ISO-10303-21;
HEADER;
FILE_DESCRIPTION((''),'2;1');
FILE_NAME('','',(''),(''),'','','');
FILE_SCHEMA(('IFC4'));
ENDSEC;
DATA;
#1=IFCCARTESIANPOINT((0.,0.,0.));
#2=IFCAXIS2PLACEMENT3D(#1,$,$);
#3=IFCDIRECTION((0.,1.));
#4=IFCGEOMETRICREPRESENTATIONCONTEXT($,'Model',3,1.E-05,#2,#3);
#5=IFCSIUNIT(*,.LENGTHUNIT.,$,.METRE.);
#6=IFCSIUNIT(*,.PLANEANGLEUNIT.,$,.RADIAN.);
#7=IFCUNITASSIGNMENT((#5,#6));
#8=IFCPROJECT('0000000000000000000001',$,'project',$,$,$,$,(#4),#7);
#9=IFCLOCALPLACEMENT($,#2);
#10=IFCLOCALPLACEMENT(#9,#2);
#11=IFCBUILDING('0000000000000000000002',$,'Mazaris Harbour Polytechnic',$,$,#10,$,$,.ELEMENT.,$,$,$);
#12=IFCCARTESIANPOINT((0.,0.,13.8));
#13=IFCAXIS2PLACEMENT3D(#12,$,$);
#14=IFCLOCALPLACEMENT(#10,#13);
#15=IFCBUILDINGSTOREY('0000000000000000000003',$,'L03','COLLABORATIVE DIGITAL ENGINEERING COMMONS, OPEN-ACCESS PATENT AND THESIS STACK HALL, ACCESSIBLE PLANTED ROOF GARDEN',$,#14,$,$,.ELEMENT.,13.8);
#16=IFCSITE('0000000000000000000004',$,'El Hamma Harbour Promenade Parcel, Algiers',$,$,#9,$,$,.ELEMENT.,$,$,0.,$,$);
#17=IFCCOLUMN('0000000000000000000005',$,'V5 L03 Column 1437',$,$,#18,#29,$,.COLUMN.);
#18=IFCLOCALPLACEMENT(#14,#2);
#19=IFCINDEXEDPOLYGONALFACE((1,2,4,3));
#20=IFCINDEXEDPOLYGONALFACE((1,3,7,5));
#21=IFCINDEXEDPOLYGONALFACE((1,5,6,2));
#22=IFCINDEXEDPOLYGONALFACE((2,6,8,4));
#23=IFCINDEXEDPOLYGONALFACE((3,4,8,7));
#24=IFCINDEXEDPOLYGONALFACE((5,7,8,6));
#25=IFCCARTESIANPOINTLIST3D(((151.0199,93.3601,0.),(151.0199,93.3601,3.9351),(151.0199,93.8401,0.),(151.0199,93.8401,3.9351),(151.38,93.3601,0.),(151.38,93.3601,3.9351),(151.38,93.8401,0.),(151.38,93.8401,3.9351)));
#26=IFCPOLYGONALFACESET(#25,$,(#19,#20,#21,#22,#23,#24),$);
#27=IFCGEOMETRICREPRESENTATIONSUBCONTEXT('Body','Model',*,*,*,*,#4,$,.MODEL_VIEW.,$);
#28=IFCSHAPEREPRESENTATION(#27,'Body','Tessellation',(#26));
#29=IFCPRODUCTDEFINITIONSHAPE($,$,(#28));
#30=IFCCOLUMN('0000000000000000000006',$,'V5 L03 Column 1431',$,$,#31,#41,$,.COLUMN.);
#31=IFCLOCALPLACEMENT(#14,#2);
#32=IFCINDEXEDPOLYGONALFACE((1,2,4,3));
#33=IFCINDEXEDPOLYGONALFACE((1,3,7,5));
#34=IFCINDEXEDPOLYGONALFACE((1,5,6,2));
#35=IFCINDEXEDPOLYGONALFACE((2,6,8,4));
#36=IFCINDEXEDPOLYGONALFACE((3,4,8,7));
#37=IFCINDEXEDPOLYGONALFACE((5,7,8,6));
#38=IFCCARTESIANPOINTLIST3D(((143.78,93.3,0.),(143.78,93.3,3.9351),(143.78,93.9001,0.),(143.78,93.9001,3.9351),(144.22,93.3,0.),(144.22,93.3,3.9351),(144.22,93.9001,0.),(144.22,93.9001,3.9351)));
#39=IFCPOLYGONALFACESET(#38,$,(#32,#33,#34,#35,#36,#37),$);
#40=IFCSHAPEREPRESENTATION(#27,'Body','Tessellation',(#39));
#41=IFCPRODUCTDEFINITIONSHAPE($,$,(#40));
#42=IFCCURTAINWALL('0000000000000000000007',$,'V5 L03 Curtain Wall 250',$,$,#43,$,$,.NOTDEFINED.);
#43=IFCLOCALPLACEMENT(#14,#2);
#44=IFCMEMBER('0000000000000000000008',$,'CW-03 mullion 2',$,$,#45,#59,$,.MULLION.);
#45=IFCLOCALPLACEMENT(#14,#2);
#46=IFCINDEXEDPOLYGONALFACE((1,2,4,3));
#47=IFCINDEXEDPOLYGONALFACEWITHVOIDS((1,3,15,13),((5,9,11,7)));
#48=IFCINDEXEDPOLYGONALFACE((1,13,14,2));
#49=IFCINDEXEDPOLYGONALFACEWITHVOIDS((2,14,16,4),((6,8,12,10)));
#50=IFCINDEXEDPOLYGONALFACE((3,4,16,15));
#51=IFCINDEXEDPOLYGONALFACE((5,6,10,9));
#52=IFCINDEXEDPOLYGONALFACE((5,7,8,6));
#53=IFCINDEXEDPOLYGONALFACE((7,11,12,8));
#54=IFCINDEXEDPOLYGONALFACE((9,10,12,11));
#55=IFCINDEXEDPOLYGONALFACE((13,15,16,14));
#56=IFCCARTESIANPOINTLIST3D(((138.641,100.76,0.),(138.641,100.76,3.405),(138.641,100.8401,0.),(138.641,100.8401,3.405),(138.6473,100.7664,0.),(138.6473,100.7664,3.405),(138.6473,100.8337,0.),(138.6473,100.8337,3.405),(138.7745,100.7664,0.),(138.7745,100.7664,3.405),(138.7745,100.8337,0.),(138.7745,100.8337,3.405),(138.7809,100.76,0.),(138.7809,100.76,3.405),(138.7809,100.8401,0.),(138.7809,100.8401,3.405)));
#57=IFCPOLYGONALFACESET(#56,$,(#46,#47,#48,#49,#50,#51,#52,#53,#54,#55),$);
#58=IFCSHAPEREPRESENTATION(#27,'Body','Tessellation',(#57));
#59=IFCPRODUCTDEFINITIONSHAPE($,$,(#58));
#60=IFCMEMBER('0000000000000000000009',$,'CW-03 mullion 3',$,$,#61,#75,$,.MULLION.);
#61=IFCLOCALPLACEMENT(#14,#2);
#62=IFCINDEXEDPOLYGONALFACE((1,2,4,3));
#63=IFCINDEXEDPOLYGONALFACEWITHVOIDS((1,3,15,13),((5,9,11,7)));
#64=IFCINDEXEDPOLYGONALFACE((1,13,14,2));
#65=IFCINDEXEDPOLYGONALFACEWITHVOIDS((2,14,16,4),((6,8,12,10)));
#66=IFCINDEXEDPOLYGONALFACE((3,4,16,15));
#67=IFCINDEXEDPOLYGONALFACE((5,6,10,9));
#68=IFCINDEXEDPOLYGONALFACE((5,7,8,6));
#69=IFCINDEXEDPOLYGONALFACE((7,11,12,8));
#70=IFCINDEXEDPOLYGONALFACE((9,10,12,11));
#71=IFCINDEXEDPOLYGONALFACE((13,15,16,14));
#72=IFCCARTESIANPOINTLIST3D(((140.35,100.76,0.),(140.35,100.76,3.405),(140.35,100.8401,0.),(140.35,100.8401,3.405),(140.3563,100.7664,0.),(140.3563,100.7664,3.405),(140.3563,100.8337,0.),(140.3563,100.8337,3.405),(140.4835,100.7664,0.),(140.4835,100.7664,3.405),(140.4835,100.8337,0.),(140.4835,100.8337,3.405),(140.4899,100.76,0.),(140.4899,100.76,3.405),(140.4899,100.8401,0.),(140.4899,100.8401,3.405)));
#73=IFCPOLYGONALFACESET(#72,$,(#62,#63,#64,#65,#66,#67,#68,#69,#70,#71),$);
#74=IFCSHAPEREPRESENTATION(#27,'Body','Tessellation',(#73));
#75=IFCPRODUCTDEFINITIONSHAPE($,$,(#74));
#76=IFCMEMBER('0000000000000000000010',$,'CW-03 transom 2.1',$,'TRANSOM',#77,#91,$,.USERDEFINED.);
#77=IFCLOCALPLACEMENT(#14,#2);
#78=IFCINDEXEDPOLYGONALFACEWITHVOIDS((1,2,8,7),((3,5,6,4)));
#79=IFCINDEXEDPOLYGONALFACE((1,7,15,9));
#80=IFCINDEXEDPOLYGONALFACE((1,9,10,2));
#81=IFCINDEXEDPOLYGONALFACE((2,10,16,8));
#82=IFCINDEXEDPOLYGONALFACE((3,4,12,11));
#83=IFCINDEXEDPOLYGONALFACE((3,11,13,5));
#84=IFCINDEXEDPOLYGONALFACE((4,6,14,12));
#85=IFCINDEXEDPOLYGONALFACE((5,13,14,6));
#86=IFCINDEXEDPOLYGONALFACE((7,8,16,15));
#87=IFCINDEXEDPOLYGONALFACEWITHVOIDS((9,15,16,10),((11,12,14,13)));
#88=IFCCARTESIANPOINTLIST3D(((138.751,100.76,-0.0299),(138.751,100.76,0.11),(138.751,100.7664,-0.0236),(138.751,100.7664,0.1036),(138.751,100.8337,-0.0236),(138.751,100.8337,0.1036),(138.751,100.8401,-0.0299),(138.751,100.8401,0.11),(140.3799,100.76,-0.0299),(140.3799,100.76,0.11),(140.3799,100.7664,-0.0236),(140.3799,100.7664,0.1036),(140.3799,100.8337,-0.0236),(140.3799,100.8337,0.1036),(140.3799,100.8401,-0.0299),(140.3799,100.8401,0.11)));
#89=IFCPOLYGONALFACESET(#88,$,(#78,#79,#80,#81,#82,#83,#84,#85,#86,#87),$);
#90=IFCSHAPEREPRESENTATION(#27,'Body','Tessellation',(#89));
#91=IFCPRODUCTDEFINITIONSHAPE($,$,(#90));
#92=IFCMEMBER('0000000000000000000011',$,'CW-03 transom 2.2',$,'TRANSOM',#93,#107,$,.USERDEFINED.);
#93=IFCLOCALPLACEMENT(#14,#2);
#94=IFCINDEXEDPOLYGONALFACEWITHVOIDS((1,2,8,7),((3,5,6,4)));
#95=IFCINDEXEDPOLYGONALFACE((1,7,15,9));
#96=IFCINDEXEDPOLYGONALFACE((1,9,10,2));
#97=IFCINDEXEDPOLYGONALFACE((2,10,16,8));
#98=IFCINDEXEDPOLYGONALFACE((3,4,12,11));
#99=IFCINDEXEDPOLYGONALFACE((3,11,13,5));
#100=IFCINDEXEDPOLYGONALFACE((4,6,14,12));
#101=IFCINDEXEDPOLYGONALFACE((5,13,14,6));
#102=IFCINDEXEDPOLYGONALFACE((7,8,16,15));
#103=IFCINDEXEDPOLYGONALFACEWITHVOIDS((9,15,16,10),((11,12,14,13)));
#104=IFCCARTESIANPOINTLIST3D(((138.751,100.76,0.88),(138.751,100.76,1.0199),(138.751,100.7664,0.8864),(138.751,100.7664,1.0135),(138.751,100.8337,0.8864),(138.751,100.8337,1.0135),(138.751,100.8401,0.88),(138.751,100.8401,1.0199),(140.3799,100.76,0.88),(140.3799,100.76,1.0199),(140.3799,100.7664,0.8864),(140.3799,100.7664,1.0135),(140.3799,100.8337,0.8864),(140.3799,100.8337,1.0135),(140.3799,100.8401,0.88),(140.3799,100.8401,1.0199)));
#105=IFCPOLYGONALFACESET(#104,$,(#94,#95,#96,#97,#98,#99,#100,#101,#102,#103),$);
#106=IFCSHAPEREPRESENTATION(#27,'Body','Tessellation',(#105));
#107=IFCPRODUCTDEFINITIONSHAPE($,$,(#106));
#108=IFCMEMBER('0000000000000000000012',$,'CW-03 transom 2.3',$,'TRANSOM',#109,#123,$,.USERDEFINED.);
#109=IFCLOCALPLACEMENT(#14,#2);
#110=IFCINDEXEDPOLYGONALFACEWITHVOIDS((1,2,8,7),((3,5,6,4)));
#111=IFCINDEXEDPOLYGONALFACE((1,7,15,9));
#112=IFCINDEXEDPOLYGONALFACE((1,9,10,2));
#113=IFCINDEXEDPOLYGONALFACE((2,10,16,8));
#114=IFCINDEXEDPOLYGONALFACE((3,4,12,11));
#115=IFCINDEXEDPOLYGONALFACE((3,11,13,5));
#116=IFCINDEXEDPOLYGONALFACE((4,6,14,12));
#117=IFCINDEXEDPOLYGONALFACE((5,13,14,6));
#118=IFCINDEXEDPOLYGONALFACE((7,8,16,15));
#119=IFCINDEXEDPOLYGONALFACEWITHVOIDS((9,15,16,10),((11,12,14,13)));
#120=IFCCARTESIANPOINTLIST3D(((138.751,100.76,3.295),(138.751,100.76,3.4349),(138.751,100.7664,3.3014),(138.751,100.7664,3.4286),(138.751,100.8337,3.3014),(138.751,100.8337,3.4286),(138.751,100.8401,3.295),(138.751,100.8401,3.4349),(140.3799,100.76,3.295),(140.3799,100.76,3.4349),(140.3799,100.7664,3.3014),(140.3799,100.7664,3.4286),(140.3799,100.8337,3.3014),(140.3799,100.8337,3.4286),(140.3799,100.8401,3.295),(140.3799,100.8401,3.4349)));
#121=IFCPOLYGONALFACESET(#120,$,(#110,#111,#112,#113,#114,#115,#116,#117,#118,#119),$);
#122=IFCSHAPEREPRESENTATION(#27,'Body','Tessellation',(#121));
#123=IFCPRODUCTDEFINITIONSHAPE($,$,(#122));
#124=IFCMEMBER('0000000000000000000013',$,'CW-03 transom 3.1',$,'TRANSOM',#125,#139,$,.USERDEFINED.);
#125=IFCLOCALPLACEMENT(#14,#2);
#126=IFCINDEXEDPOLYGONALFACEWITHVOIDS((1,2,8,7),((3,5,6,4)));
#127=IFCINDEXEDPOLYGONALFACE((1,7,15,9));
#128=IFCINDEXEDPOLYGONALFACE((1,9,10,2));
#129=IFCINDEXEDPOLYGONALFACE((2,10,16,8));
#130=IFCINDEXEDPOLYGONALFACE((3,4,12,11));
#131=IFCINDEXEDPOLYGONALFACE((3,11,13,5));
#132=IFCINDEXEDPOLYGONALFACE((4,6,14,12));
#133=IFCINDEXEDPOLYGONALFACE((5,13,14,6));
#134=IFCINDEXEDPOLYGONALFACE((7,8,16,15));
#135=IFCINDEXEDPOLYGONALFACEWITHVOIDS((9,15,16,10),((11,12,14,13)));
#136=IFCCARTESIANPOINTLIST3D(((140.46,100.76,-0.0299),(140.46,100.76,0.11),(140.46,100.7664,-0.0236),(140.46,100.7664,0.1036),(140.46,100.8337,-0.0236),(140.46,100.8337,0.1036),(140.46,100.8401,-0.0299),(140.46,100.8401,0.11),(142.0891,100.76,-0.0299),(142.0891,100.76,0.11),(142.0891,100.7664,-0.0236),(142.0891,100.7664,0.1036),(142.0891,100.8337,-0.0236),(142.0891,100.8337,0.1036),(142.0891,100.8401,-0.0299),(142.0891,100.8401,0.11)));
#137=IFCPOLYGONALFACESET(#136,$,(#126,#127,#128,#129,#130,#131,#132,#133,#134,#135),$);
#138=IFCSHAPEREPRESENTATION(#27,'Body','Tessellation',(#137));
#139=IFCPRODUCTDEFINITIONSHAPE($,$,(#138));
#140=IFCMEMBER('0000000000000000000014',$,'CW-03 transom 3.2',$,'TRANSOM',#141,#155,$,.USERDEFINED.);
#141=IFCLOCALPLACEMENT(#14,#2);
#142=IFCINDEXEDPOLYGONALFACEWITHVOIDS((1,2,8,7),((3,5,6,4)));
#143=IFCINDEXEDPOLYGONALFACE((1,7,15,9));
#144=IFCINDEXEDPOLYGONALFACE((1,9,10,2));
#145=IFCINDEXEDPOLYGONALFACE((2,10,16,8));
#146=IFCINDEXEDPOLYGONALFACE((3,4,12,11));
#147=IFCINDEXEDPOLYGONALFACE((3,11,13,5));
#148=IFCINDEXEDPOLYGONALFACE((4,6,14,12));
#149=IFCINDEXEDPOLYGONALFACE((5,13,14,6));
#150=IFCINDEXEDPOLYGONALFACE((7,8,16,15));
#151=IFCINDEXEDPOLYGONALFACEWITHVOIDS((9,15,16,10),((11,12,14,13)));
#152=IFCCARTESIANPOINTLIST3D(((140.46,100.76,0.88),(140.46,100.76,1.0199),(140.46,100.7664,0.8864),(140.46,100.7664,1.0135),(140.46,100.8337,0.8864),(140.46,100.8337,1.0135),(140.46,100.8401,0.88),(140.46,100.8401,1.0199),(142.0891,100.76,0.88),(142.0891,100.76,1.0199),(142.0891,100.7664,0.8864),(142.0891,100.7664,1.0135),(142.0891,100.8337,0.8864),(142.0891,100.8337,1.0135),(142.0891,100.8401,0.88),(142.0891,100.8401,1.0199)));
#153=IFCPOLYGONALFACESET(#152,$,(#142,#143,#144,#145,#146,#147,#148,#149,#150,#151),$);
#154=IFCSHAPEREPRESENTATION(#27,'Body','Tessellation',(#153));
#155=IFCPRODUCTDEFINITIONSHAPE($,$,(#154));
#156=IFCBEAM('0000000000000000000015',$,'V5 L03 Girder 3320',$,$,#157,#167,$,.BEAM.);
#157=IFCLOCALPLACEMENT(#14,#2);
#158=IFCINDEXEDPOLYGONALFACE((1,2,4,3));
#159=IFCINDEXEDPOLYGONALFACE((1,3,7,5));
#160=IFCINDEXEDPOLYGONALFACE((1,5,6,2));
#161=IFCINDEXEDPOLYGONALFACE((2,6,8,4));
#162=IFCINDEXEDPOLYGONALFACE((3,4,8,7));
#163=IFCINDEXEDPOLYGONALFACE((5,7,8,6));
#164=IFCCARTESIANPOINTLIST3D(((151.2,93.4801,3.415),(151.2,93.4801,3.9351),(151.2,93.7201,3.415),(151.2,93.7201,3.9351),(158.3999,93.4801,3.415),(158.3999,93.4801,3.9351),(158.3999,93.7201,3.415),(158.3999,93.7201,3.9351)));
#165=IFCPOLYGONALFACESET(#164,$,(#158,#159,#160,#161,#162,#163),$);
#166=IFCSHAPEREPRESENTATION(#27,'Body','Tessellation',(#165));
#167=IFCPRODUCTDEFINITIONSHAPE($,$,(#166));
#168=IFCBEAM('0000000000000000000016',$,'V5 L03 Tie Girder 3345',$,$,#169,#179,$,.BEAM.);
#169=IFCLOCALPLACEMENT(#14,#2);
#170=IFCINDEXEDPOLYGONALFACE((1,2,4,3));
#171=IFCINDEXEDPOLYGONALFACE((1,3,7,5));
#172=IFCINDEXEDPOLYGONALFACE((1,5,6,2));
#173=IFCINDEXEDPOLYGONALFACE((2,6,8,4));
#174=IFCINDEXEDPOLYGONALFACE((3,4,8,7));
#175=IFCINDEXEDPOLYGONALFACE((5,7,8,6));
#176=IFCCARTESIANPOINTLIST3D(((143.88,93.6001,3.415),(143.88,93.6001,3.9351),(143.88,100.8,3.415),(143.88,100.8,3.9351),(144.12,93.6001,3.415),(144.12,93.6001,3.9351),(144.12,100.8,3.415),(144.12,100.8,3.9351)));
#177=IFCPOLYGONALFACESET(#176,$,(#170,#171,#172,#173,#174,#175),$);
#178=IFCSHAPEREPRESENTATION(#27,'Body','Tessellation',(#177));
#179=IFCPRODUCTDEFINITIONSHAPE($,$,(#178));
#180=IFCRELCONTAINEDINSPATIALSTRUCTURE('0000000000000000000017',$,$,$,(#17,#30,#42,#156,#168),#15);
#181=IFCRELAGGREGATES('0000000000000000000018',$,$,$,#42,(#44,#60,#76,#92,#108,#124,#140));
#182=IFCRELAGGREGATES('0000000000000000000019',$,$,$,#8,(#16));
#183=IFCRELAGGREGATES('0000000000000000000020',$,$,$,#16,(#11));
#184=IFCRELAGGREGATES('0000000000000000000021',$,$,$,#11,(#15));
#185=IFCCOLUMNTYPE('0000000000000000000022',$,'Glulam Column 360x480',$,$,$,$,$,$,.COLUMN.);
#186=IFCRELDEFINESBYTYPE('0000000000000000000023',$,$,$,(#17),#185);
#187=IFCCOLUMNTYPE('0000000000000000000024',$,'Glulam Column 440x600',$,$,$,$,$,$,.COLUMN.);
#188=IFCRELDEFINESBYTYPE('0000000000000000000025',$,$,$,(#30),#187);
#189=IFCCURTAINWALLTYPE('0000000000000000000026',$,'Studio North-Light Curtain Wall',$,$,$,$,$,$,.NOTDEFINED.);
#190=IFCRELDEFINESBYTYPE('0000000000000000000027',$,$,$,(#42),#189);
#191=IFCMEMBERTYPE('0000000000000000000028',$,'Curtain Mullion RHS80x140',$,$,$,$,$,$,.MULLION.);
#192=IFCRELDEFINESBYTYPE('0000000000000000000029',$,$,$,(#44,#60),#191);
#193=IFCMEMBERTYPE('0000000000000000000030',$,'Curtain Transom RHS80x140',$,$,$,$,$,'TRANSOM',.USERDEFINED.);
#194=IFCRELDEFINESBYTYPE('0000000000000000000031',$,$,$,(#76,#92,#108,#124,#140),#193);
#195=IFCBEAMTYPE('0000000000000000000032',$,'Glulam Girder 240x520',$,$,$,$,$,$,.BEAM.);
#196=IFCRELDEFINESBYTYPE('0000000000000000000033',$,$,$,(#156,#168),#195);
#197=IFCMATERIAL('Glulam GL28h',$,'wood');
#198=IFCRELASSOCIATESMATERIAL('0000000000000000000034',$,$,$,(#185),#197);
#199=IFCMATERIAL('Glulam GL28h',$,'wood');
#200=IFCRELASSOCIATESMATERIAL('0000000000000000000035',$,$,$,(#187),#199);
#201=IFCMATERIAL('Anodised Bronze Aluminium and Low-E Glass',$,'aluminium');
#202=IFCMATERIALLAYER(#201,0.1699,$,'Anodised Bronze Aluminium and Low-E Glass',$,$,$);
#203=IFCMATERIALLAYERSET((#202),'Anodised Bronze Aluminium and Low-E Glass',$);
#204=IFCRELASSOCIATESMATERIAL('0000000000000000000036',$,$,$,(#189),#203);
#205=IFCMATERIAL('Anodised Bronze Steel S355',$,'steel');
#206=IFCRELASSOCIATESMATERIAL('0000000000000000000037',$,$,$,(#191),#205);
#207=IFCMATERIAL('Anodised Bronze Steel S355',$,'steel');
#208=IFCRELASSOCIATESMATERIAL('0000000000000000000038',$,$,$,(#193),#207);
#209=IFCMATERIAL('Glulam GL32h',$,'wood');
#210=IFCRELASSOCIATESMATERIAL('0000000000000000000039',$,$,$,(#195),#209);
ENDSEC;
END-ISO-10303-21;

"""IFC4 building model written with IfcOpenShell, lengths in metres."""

from ifc_helpers import new_model, si_unit, direction, frame, origin, origin_2d, place, context, subcontext, project, spatial, rectangle, hollow_rectangle, extrude, material, layer, layer_set, material_profile, profile_set, type_object, element, aggregate, save


model = new_model("IFC4")

# Units and contexts
model_context = context("Model", 3, precision=1e-05, world=origin(), true_north=direction((0.0, 1.0)))
body_context = subcontext(model_context, "Body", "Model", "MODEL_VIEW")
ifc_project = project(units=[si_unit("LENGTHUNIT", "METRE"), si_unit("PLANEANGLEUNIT", "RADIAN")], contexts=[model_context])

# Site, building, storey
site_placement = place(None, origin())
site = spatial("IfcSite", under=ifc_project, at=site_placement, Name="El Hamma Harbour Promenade Parcel, Algiers", CompositionType="ELEMENT", RefElevation=0.0)
building_placement = place(site_placement, origin())
building = spatial("IfcBuilding", under=site, at=building_placement, Name="Mazaris Harbour Polytechnic", CompositionType="ELEMENT")
storey_placement = place(building_placement, frame((0.0, 0.0, 13.8)))
storey = spatial("IfcBuildingStorey", under=building, at=storey_placement, Name="L03", Description="COLLABORATIVE DIGITAL ENGINEERING COMMONS, OPEN-ACCESS PATENT AND THESIS STACK HALL, ACCESSIBLE PLANTED ROOF GARDEN", CompositionType="ELEMENT", Elevation=13.8)

# Columns
ifc_material_1 = material(Name="Glulam GL28h", Category="wood")
ifc_material_profile_1 = material_profile(ifc_material_1, rectangle(XDim=0.3601, YDim=0.48, at=origin_2d()), Name="RECT360x480")
ifc_profile_set_1 = profile_set([ifc_material_profile_1], Name="Glulam GL28h")
column_type_1 = type_object("IfcColumnType", Name="Glulam Column 360x480", PredefinedType="COLUMN", material=ifc_profile_set_1)
column_1_placement = place(storey_placement, frame((151.2, 93.6001, 0.0), z_axis=(0.0, 0.0, 1.0), x_axis=(1.0, 0.0, 0.0)))
element("IfcColumn", 1, at=column_1_placement, inside=storey, type_object=column_type_1, Name="V5 L03 Column 1437", PredefinedType="COLUMN", context=body_context, shape_type="SweptSolid", body=[
    extrude(rectangle(XDim=0.3601, YDim=0.48, at=origin_2d()), origin(), (0.0, 0.0, 1.0), 3.9351),
])
ifc_material_2 = material(Name="Glulam GL28h", Category="wood")
ifc_material_profile_2 = material_profile(ifc_material_2, rectangle(XDim=0.4399, YDim=0.6001, at=origin_2d()), Name="RECT440x600")
ifc_profile_set_2 = profile_set([ifc_material_profile_2], Name="Glulam GL28h")
column_type_2 = type_object("IfcColumnType", Name="Glulam Column 440x600", PredefinedType="COLUMN", material=ifc_profile_set_2)
column_2_placement = place(storey_placement, frame((144.0, 93.6001, 0.0), z_axis=(0.0, 0.0, 1.0), x_axis=(1.0, 0.0, 0.0)))
element("IfcColumn", 2, at=column_2_placement, inside=storey, type_object=column_type_2, Name="V5 L03 Column 1431", PredefinedType="COLUMN", context=body_context, shape_type="SweptSolid", body=[
    extrude(rectangle(XDim=0.4399, YDim=0.6001, at=origin_2d()), origin(), (0.0, 0.0, 1.0), 3.9351),
])

# Curtain wall, members
ifc_material_3 = material(Name="Anodised Bronze Aluminium and Low-E Glass", Category="aluminium")
ifc_layer_1 = layer(ifc_material_3, 0.1699, Name="Anodised Bronze Aluminium and Low-E Glass")
ifc_layer_set_1 = layer_set([ifc_layer_1], Name="Anodised Bronze Aluminium and Low-E Glass")
curtain_wall_type = type_object("IfcCurtainWallType", Name="Studio North-Light Curtain Wall", PredefinedType="NOTDEFINED", material=ifc_layer_set_1)
curtain_wall_placement = place(storey_placement, origin())
curtain_wall = element("IfcCurtainWall", 3, at=curtain_wall_placement, inside=storey, type_object=curtain_wall_type, Name="V5 L03 Curtain Wall 250", PredefinedType="NOTDEFINED")
ifc_material_4 = material(Name="Anodised Bronze Steel S355", Category="steel")
ifc_material_profile_3 = material_profile(ifc_material_4, hollow_rectangle(XDim=0.0801, YDim=0.1399, WallThickness=0.0063, at=origin_2d()), Name="RHS 80x140x6.3")
ifc_profile_set_3 = profile_set([ifc_material_profile_3], Name="Anodised Bronze Steel S355")
member_type_1 = type_object("IfcMemberType", Name="Curtain Mullion RHS80x140", PredefinedType="MULLION", material=ifc_profile_set_3)
member_1_placement = place(storey_placement, frame((138.7109, 100.8, 0.0), z_axis=(0.0, 0.0, 1.0), x_axis=(0.0, 1.0, 0.0)))
member_1 = element("IfcMember", 4, at=member_1_placement, type_object=member_type_1, Name="CW-03 mullion 2", PredefinedType="MULLION", context=body_context, shape_type="SweptSolid", body=[
    extrude(hollow_rectangle(XDim=0.0801, YDim=0.1399, WallThickness=0.0063, at=origin_2d()), origin(), (0.0, 0.0, 1.0), 3.405),
])
member_2_placement = place(storey_placement, frame((140.4199, 100.8, 0.0), z_axis=(0.0, 0.0, 1.0), x_axis=(0.0, 1.0, 0.0)))
member_2 = element("IfcMember", 5, at=member_2_placement, type_object=member_type_1, Name="CW-03 mullion 3", PredefinedType="MULLION", context=body_context, shape_type="SweptSolid", body=[
    extrude(hollow_rectangle(XDim=0.0801, YDim=0.1399, WallThickness=0.0063, at=origin_2d()), origin(), (0.0, 0.0, 1.0), 3.405),
])
ifc_material_5 = material(Name="Anodised Bronze Steel S355", Category="steel")
ifc_material_profile_4 = material_profile(ifc_material_5, hollow_rectangle(XDim=0.0801, YDim=0.1399, WallThickness=0.0063, at=origin_2d()), Name="RHS 80x140x6.3")
ifc_profile_set_4 = profile_set([ifc_material_profile_4], Name="Anodised Bronze Steel S355")
member_type_2 = type_object("IfcMemberType", Name="Curtain Transom RHS80x140", ElementType="TRANSOM", PredefinedType="USERDEFINED", material=ifc_profile_set_4)
member_3_placement = place(storey_placement, frame((138.751, 100.8, 0.04), z_axis=(1.0, 0.0, 0.0), x_axis=(0.0, 1.0, 0.0)))
member_3 = element("IfcMember", 6, at=member_3_placement, type_object=member_type_2, Name="CW-03 transom 2.1", ObjectType="TRANSOM", PredefinedType="USERDEFINED", context=body_context, shape_type="SweptSolid", body=[
    extrude(hollow_rectangle(XDim=0.0801, YDim=0.1399, WallThickness=0.0063, at=origin_2d()), origin(), (0.0, 0.0, 1.0), 1.6289),
])
member_4_placement = place(storey_placement, frame((138.751, 100.8, 0.95), z_axis=(1.0, 0.0, 0.0), x_axis=(0.0, 1.0, 0.0)))
member_4 = element("IfcMember", 7, at=member_4_placement, type_object=member_type_2, Name="CW-03 transom 2.2", ObjectType="TRANSOM", PredefinedType="USERDEFINED", context=body_context, shape_type="SweptSolid", body=[
    extrude(hollow_rectangle(XDim=0.0801, YDim=0.1399, WallThickness=0.0063, at=origin_2d()), origin(), (0.0, 0.0, 1.0), 1.6289),
])
member_5_placement = place(storey_placement, frame((138.751, 100.8, 3.365), z_axis=(1.0, 0.0, 0.0), x_axis=(0.0, 1.0, 0.0)))
member_5 = element("IfcMember", 8, at=member_5_placement, type_object=member_type_2, Name="CW-03 transom 2.3", ObjectType="TRANSOM", PredefinedType="USERDEFINED", context=body_context, shape_type="SweptSolid", body=[
    extrude(hollow_rectangle(XDim=0.0801, YDim=0.1399, WallThickness=0.0063, at=origin_2d()), origin(), (0.0, 0.0, 1.0), 1.6289),
])
member_6_placement = place(storey_placement, frame((140.46, 100.8, 0.04), z_axis=(1.0, 0.0, 0.0), x_axis=(0.0, 1.0, 0.0)))
member_6 = element("IfcMember", 9, at=member_6_placement, type_object=member_type_2, Name="CW-03 transom 3.1", ObjectType="TRANSOM", PredefinedType="USERDEFINED", context=body_context, shape_type="SweptSolid", body=[
    extrude(hollow_rectangle(XDim=0.0801, YDim=0.1399, WallThickness=0.0063, at=origin_2d()), origin(), (0.0, 0.0, 1.0), 1.6292),
])
member_7_placement = place(storey_placement, frame((140.46, 100.8, 0.95), z_axis=(1.0, 0.0, 0.0), x_axis=(0.0, 1.0, 0.0)))
member_7 = element("IfcMember", 10, at=member_7_placement, type_object=member_type_2, Name="CW-03 transom 3.2", ObjectType="TRANSOM", PredefinedType="USERDEFINED", context=body_context, shape_type="SweptSolid", body=[
    extrude(hollow_rectangle(XDim=0.0801, YDim=0.1399, WallThickness=0.0063, at=origin_2d()), origin(), (0.0, 0.0, 1.0), 1.6292),
])

# Beams
ifc_material_6 = material(Name="Glulam GL32h", Category="wood")
ifc_material_profile_5 = material_profile(ifc_material_6, rectangle(XDim=0.24, YDim=0.52, at=origin_2d()), Name="RECT240x520")
ifc_profile_set_5 = profile_set([ifc_material_profile_5], Name="Glulam GL32h")
beam_type_1 = type_object("IfcBeamType", Name="Glulam Girder 240x520", PredefinedType="BEAM", material=ifc_profile_set_5)
for number, where, z_axis, x_axis, name in (
    (11, (151.2, 93.6001, 3.675), (1.0, 0.0, 0.0), (0.0, 1.0, 0.0), "V5 L03 Girder 3320"),
    (12, (144.0, 93.6001, 3.675), (0.0, 1.0, 0.0), (-1.0, 0.0, 0.0), "V5 L03 Tie Girder 3345"),
):
    element("IfcBeam", number, at=place(storey_placement, frame(where, z_axis=z_axis, x_axis=x_axis)), inside=storey, type_object=beam_type_1, Name=name, PredefinedType="BEAM", context=body_context, shape_type="SweptSolid", body=[
        extrude(rectangle(XDim=0.24, YDim=0.52, at=origin_2d()), origin(), (0.0, 0.0, 1.0), 7.2),
    ])

aggregate(curtain_wall, [member_1, member_2, member_3, member_4, member_5, member_6, member_7])

save(model, "model.ifc")
